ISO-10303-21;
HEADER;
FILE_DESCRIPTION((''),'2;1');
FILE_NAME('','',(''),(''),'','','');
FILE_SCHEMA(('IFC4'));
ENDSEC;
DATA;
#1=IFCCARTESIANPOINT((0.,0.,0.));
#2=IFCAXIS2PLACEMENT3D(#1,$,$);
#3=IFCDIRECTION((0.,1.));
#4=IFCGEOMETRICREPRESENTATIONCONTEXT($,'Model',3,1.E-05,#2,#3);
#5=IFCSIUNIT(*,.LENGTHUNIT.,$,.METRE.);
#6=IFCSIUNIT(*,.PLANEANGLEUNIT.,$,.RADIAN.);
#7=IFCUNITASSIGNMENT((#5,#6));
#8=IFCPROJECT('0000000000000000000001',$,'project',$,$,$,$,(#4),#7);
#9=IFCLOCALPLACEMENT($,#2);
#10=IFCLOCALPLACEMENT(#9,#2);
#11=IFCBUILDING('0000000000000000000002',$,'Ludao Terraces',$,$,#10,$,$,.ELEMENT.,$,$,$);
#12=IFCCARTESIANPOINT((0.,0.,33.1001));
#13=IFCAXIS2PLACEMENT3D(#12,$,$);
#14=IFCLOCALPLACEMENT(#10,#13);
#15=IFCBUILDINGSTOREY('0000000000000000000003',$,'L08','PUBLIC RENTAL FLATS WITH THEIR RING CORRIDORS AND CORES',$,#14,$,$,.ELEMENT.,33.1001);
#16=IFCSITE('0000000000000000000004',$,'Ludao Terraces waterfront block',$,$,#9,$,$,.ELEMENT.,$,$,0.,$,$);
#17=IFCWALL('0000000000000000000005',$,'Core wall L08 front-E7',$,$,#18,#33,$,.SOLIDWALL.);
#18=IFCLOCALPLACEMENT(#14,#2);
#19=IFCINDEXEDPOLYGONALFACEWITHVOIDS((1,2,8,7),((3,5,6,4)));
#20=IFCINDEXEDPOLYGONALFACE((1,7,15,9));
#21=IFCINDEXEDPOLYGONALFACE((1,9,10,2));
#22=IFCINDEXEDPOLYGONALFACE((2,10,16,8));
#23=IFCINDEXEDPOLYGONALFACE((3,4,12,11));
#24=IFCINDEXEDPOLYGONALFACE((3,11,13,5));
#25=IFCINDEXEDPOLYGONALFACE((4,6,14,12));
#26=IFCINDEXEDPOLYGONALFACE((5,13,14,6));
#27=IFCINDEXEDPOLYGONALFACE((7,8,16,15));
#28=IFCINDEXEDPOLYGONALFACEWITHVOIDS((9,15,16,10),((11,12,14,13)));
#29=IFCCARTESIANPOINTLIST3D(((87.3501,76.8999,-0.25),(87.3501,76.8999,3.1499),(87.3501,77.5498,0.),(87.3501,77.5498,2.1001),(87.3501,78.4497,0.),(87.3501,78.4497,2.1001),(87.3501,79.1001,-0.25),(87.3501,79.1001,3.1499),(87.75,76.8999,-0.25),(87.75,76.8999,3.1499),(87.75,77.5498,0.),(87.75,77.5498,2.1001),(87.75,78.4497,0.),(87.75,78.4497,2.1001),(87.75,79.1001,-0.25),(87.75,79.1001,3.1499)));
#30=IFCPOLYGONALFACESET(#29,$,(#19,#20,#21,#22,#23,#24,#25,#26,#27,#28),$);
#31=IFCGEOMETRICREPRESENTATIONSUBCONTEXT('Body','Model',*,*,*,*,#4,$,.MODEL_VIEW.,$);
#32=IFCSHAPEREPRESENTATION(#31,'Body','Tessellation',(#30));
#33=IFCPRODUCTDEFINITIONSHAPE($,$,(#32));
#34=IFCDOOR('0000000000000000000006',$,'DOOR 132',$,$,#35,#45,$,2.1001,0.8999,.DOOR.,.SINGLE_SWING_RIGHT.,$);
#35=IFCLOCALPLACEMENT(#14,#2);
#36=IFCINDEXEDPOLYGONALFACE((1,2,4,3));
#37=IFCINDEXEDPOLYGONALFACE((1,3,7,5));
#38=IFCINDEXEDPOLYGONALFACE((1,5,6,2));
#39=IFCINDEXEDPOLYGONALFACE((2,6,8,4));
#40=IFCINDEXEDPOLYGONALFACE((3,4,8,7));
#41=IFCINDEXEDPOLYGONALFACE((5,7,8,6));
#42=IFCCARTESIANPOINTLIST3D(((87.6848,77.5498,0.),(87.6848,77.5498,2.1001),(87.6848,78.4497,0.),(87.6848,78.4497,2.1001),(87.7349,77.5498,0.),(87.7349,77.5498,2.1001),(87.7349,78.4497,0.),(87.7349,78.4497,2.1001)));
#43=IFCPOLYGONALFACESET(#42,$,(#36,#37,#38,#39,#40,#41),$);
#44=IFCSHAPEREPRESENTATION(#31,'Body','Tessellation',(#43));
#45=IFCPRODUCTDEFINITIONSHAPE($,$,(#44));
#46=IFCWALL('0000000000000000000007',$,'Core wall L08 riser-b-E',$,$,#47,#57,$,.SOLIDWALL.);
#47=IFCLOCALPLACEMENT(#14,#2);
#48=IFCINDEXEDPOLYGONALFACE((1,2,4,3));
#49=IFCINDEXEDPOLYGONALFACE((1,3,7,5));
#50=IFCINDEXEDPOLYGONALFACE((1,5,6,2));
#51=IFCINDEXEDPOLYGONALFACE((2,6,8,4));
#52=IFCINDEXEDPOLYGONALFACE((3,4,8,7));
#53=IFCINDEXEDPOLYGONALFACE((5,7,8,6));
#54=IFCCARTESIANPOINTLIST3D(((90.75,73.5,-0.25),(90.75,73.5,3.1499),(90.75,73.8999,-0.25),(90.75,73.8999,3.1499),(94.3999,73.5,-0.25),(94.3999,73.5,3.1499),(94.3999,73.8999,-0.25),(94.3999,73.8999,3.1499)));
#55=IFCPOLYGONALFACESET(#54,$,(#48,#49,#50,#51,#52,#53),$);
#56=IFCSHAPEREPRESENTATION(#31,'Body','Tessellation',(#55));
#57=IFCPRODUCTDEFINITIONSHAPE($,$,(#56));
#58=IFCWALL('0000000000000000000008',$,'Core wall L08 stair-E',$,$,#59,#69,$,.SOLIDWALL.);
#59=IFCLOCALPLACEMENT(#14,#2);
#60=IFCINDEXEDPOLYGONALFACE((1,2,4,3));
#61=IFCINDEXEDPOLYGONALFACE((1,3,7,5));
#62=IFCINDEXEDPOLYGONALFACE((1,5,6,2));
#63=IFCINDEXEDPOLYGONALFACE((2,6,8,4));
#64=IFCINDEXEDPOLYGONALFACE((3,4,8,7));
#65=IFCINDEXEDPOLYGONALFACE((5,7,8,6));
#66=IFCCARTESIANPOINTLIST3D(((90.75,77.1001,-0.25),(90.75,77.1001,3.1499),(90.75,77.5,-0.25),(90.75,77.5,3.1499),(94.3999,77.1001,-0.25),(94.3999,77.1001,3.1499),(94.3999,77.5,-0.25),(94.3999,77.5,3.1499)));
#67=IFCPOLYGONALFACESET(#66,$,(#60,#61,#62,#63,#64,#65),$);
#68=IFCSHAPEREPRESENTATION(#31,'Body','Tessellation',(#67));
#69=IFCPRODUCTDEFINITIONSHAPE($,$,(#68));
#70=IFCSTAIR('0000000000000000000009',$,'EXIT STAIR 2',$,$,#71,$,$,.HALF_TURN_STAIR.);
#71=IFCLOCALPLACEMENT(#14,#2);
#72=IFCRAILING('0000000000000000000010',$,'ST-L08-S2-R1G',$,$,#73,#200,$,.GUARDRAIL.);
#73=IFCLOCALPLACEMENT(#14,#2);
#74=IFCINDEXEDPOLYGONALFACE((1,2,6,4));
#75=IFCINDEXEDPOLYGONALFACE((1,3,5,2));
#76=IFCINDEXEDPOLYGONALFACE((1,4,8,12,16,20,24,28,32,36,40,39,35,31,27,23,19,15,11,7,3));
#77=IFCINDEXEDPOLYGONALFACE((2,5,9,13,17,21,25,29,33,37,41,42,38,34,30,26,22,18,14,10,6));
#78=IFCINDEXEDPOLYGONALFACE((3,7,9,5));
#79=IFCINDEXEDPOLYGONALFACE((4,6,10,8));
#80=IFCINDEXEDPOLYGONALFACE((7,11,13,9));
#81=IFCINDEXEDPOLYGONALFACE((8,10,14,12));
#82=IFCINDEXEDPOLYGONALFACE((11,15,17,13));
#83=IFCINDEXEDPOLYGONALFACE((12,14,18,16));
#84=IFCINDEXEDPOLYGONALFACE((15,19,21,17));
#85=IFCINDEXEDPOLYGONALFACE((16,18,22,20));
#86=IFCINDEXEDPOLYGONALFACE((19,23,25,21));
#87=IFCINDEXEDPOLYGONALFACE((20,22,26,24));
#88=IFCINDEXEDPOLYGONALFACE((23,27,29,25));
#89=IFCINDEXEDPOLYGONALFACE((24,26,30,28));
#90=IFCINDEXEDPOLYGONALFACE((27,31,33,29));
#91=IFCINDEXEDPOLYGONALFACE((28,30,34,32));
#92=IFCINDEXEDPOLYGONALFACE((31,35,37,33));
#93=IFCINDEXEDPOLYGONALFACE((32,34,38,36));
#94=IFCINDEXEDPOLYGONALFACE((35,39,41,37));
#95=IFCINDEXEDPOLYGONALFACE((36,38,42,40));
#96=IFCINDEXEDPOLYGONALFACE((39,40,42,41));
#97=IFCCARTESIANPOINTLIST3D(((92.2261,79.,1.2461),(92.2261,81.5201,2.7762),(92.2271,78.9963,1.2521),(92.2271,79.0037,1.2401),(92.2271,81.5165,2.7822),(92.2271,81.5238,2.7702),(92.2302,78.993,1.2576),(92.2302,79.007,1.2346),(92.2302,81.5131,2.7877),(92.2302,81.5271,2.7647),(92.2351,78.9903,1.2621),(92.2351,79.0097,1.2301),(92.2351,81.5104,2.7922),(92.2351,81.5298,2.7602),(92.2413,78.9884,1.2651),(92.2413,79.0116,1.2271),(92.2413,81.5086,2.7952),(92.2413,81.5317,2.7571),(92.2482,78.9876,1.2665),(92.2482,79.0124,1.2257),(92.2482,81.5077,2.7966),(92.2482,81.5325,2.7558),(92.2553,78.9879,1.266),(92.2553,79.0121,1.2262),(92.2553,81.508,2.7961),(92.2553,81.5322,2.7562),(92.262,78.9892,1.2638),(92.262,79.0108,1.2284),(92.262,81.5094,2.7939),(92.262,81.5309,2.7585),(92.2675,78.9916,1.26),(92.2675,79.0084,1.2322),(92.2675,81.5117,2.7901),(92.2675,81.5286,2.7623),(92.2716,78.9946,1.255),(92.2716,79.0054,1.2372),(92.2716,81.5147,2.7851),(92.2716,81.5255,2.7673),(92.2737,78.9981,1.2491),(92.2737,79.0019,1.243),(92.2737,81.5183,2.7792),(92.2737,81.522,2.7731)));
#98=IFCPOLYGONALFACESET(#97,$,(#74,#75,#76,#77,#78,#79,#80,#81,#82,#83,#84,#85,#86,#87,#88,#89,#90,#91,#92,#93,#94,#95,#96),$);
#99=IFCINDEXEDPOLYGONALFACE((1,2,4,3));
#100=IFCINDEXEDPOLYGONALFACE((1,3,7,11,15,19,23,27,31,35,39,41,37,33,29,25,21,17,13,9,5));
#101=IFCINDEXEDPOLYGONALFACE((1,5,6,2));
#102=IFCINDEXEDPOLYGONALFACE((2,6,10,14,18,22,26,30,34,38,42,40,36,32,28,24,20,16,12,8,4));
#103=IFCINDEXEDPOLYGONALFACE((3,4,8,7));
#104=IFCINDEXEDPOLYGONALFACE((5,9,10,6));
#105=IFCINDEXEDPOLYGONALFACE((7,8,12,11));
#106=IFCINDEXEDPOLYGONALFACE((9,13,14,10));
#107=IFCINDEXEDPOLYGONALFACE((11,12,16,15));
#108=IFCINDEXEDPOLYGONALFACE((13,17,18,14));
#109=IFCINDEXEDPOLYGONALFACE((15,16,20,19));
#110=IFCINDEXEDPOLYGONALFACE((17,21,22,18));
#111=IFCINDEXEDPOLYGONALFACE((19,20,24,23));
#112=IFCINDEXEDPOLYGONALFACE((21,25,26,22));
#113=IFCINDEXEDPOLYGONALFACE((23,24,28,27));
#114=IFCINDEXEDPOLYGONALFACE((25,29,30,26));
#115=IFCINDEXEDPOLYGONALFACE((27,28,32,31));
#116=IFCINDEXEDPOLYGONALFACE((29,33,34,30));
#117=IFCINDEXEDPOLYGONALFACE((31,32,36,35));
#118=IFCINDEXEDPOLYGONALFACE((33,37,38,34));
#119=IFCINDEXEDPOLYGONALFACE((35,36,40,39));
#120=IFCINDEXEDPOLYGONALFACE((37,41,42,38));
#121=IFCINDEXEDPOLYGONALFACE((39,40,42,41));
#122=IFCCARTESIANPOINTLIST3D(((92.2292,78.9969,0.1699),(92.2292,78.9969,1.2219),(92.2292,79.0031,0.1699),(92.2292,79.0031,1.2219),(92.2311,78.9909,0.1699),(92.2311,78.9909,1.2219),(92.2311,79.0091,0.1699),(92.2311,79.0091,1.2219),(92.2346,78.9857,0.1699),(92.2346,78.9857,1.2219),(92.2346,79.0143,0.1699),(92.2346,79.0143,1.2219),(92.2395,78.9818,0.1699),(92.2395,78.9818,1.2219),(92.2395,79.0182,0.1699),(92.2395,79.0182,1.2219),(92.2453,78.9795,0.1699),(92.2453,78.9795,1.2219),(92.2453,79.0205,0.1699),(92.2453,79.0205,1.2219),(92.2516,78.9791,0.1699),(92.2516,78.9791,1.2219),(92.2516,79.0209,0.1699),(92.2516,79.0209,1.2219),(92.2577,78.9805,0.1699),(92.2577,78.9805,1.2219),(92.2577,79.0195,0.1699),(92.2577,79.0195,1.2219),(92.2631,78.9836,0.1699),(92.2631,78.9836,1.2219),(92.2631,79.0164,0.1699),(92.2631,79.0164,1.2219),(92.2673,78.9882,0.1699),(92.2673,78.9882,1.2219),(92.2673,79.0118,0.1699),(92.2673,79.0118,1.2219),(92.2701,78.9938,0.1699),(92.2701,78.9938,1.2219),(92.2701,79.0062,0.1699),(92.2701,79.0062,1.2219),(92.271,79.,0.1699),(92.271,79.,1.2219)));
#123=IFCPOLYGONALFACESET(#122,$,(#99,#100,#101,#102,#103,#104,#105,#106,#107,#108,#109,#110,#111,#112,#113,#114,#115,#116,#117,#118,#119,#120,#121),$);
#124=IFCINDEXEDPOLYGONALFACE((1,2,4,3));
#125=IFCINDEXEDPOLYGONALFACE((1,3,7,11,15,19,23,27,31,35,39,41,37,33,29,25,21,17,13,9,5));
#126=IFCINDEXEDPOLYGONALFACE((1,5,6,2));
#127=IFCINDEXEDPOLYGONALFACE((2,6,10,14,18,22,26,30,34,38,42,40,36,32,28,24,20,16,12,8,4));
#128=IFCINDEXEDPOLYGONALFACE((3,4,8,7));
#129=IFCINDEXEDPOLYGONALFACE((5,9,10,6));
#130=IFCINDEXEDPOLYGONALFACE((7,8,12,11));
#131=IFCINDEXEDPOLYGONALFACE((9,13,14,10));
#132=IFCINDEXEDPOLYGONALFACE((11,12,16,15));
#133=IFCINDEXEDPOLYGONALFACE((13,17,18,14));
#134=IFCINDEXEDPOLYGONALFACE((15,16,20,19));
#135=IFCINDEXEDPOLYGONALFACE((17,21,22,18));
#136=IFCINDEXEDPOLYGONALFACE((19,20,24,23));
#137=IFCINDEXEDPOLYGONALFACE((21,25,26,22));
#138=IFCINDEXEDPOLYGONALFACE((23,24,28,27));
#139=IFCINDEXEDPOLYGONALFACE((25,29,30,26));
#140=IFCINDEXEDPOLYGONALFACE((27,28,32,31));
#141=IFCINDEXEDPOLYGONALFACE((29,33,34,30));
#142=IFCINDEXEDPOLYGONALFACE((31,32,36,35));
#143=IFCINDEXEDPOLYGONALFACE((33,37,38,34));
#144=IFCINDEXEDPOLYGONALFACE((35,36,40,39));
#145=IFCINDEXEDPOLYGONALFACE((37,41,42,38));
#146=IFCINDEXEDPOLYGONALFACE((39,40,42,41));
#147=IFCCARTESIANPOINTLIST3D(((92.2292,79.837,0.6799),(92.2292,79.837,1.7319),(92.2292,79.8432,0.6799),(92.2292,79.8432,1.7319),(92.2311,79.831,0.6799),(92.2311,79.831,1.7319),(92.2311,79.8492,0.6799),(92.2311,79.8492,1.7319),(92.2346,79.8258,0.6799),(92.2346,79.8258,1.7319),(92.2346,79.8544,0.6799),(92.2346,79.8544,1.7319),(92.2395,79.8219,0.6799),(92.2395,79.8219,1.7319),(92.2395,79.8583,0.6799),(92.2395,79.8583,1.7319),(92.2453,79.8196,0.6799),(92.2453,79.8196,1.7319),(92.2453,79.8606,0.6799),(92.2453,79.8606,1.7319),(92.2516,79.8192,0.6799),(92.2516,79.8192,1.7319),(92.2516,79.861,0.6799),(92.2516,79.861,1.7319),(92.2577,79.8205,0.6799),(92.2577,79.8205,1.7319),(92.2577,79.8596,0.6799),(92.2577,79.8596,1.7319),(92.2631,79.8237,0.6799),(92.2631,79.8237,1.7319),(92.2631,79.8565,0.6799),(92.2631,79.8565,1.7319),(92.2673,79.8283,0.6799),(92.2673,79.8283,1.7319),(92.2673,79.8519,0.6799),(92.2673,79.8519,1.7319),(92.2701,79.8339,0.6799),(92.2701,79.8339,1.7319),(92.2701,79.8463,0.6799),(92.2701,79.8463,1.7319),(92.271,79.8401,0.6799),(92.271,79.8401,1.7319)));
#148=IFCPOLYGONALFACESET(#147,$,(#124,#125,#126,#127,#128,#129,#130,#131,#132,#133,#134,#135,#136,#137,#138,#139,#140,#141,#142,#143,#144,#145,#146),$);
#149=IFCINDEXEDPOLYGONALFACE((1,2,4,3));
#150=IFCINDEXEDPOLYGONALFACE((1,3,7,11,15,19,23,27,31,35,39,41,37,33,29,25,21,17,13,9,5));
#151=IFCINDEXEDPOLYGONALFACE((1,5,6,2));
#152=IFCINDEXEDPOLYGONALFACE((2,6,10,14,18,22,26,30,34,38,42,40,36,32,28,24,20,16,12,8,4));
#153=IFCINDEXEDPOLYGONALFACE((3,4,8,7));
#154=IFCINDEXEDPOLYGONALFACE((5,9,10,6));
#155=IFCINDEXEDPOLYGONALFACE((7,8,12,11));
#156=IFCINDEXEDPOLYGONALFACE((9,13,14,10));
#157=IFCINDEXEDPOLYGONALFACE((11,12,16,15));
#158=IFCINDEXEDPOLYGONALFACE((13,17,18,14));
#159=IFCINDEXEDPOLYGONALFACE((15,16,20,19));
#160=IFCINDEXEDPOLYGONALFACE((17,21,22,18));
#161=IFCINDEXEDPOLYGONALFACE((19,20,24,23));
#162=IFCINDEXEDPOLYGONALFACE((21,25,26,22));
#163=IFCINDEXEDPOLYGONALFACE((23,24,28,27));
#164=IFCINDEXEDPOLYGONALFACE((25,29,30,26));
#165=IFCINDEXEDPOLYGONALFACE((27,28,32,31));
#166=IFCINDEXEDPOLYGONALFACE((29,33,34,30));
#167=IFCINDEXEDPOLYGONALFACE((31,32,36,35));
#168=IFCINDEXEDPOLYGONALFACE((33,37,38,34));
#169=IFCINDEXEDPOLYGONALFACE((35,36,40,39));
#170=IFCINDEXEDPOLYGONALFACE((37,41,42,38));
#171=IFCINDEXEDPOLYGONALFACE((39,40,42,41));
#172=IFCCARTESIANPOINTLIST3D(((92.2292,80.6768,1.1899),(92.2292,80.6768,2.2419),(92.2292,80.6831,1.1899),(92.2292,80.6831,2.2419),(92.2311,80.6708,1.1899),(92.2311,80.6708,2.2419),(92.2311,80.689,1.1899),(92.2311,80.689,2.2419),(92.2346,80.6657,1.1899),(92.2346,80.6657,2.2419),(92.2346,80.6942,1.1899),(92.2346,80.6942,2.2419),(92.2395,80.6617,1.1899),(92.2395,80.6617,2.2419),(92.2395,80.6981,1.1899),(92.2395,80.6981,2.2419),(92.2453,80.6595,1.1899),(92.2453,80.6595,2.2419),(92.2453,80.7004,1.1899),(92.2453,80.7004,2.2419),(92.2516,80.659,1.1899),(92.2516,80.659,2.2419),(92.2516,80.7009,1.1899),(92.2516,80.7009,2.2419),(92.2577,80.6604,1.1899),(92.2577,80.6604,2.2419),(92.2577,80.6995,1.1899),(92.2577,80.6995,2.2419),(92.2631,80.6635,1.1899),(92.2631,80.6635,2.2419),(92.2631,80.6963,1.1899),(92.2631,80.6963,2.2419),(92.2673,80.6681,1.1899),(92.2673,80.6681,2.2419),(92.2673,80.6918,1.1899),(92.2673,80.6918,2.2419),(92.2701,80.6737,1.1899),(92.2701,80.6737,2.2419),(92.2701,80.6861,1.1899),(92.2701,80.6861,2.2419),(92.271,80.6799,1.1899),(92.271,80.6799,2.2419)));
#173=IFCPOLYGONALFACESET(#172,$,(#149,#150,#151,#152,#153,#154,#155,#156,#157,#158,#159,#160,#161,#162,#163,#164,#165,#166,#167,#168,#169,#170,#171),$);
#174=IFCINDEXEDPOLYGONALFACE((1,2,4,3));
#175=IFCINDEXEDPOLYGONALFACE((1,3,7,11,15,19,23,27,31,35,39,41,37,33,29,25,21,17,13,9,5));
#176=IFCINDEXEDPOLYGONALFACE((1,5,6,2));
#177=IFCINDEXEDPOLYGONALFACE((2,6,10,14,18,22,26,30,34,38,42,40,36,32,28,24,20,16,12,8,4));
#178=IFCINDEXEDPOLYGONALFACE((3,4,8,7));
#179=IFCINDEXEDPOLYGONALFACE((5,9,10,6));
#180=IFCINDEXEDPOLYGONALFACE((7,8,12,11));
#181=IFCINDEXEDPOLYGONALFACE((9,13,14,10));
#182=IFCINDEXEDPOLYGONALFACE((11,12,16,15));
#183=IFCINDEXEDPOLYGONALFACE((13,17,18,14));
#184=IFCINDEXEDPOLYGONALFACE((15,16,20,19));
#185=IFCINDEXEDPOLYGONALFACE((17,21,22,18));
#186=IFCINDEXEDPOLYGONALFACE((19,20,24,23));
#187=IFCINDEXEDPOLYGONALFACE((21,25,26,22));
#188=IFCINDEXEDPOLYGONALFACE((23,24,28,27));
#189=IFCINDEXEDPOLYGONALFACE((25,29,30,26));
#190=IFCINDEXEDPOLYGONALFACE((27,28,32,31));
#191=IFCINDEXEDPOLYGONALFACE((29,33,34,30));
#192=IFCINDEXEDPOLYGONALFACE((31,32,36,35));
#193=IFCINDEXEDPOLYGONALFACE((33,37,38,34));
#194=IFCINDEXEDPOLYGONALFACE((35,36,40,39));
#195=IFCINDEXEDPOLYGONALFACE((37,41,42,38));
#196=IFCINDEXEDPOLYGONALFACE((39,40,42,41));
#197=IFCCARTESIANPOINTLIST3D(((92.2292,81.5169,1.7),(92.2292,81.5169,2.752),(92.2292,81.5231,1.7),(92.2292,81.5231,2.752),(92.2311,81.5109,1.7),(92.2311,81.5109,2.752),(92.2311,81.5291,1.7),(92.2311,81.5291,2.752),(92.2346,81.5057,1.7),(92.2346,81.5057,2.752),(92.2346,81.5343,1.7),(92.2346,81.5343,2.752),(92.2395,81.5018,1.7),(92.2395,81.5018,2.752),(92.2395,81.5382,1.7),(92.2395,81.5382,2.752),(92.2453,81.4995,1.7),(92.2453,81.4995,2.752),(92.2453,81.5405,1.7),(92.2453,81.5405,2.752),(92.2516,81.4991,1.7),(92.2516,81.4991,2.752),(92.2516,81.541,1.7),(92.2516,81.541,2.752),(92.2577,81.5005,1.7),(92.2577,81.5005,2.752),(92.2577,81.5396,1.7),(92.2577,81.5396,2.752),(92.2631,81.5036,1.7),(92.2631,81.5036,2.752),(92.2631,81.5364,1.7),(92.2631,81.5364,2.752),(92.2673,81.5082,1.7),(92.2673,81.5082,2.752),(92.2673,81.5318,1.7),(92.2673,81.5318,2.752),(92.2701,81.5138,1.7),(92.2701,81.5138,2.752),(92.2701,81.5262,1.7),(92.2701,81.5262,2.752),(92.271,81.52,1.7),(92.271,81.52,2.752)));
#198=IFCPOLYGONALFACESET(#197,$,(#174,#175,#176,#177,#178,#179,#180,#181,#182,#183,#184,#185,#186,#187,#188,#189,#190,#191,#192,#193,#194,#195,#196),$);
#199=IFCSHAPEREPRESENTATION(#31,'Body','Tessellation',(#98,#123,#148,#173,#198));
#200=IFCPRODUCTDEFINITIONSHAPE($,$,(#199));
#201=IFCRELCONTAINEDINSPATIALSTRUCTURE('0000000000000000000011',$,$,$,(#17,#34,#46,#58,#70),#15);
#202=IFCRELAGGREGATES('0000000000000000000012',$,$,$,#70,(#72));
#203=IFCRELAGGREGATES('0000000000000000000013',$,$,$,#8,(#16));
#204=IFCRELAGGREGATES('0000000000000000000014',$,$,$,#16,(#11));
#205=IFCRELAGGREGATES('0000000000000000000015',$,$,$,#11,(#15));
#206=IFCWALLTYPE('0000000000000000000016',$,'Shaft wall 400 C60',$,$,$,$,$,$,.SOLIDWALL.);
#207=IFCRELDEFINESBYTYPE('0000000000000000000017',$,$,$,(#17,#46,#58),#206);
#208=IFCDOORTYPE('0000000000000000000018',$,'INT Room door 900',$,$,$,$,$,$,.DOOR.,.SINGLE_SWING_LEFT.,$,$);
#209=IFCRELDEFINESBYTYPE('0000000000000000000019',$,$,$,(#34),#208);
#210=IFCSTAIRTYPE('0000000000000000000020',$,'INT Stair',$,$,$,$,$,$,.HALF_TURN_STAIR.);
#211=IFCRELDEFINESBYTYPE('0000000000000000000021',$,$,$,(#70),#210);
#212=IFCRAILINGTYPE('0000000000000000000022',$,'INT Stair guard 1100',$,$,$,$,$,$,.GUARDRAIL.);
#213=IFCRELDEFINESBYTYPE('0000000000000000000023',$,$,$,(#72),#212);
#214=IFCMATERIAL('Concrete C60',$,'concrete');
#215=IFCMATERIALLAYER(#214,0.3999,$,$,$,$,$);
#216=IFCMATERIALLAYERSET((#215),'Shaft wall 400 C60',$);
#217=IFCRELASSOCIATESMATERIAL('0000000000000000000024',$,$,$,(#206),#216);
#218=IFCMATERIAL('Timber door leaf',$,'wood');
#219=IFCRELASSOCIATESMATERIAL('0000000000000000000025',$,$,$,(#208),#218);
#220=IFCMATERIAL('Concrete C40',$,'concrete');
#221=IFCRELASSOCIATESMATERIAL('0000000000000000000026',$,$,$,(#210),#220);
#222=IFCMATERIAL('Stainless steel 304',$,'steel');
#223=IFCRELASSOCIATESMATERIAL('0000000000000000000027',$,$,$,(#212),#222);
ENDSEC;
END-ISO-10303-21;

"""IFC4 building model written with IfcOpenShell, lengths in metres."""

from ifc_helpers import new_model, si_unit, direction, frame, frame_2d, origin, origin_2d, place, context, subcontext, project, spatial, rectangle, circle, extrude, material, layer, layer_set, type_object, element, fill, aggregate, save


model = new_model("IFC4")

# Units and contexts
model_context = context("Model", 3, precision=1e-05, world=origin(), true_north=direction((0.0, 1.0)))
body_context = subcontext(model_context, "Body", "Model", "MODEL_VIEW")
ifc_project = project(units=[si_unit("LENGTHUNIT", "METRE"), si_unit("PLANEANGLEUNIT", "RADIAN")], contexts=[model_context])

# Site, building, storey
site_placement = place(None, origin())
site = spatial("IfcSite", under=ifc_project, at=site_placement, Name="Ludao Terraces waterfront block", CompositionType="ELEMENT", RefElevation=0.0)
building_placement = place(site_placement, origin())
building = spatial("IfcBuilding", under=site, at=building_placement, Name="Ludao Terraces", CompositionType="ELEMENT")
storey_placement = place(building_placement, frame((0.0, 0.0, 33.1001)))
storey = spatial("IfcBuildingStorey", under=building, at=storey_placement, Name="L08", Description="PUBLIC RENTAL FLATS WITH THEIR RING CORRIDORS AND CORES", CompositionType="ELEMENT", Elevation=33.1001)

# Shared definitions
ifc_material_1 = material(Name="Concrete C60", Category="concrete")
ifc_layer_1 = layer(ifc_material_1, 0.3999)
ifc_layer_set_1 = layer_set([ifc_layer_1], Name="Shaft wall 400 C60")
wall_type_1 = type_object("IfcWallType", Name="Shaft wall 400 C60", PredefinedType="SOLIDWALL", material=ifc_layer_set_1)

# Shared definitions
ifc_material_2 = material(Name="Timber door leaf", Category="wood")
door_type_1 = type_object("IfcDoorType", Name="INT Room door 900", OperationType="SINGLE_SWING_LEFT", PredefinedType="DOOR", material=ifc_material_2)

# Wall, opening, door
wall_1_placement = place(storey_placement, frame((87.55, 76.8999, -0.25), z_axis=(0.0, 0.0, 1.0), x_axis=(0.0, 1.0, 0.0)))
wall_1 = element("IfcWall", 1, at=wall_1_placement, inside=storey, type_object=wall_type_1, Name="Core wall L08 front-E7", PredefinedType="SOLIDWALL", context=body_context, shape_type="SweptSolid", body=[
    extrude(rectangle(XDim=2.2002, YDim=0.3999, at=frame_2d((1.1001, 0.0))), origin(), (0.0, 0.0, 1.0), 3.3999),
])
opening_1_placement = place(wall_1_placement, frame((0.6499, 0.0, 0.25)))
opening_1 = element("IfcOpeningElement", 2, at=opening_1_placement, cuts=wall_1, PredefinedType="OPENING", context=body_context, shape_type="SweptSolid", body=[
    extrude(rectangle(XDim=0.8999, YDim=2.1001, at=frame_2d((0.45, 1.05))), frame((0.0, 0.21, 0.0), z_axis=(0.0, -1.0, 0.0), x_axis=(1.0, 0.0, 0.0)), (0.0, 0.0, 1.0), 0.4199),
])
door_1_placement = place(opening_1_placement, origin())
door_1 = element("IfcDoor", 3, at=door_1_placement, inside=storey, type_object=door_type_1, Name="DOOR 132", OperationType="SINGLE_SWING_RIGHT", OverallHeight=2.1001, OverallWidth=0.8999, PredefinedType="DOOR", context=body_context, shape_type="SweptSolid", body=[
    extrude(rectangle(XDim=0.8999, YDim=2.1001, at=frame_2d((0.45, 1.05))), frame((0.0, -0.1348, 0.0), z_axis=(0.0, -1.0, 0.0), x_axis=(1.0, 0.0, 0.0)), (0.0, 0.0, 1.0), 0.05),
])
fill(opening_1, door_1)

# Walls
for number, where, z_axis, x_axis, name in (
    (4, (90.75, 73.7, -0.25), (0.0, 0.0, 1.0), (1.0, 0.0, 0.0), "Core wall L08 riser-b-E"),
    (5, (90.75, 77.3, -0.25), (0.0, 0.0, 1.0), (1.0, 0.0, 0.0), "Core wall L08 stair-E"),
):
    element("IfcWall", number, at=place(storey_placement, frame(where, z_axis=z_axis, x_axis=x_axis)), inside=storey, type_object=wall_type_1, Name=name, PredefinedType="SOLIDWALL", context=body_context, shape_type="SweptSolid", body=[
        extrude(rectangle(XDim=3.6499, YDim=0.3999, at=frame_2d((1.825, 0.0))), origin(), (0.0, 0.0, 1.0), 3.3999),
    ])

# Stair, railing
ifc_material_3 = material(Name="Concrete C40", Category="concrete")
stair_type = type_object("IfcStairType", Name="INT Stair", PredefinedType="HALF_TURN_STAIR", material=ifc_material_3)
stair_placement = place(storey_placement, origin())
stair = element("IfcStair", 6, at=stair_placement, inside=storey, type_object=stair_type, Name="EXIT STAIR 2", PredefinedType="HALF_TURN_STAIR")
ifc_material_4 = material(Name="Stainless steel 304", Category="steel")
railing_type_1 = type_object("IfcRailingType", Name="INT Stair guard 1100", PredefinedType="GUARDRAIL", material=ifc_material_4)
railing_1_placement = place(storey_placement, frame((92.25, 79.0, 0.1699)))
railing_1 = element("IfcRailing", 7, at=railing_1_placement, type_object=railing_type_1, Name="ST-L08-S2-R1G", PredefinedType="GUARDRAIL", context=body_context, shape_type="SweptSolid", body=[
    extrude(circle(Radius=0.0239, at=origin_2d()), frame((0.0, 0.0, 1.0762), z_axis=(0.0, 0.854785, 0.518982), x_axis=(-1.0, 0.0, 0.0)), (0.0, 0.0, 1.0), 2.9482),
    extrude(circle(Radius=0.021, at=origin_2d()), origin(), (0.0, 0.0, 1.0), 1.052),
    extrude(circle(Radius=0.021, at=origin_2d()), frame((0.0, 0.8401, 0.51)), (0.0, 0.0, 1.0), 1.052),
    extrude(circle(Radius=0.021, at=origin_2d()), frame((0.0, 1.6799, 1.02)), (0.0, 0.0, 1.0), 1.052),
    extrude(circle(Radius=0.021, at=origin_2d()), frame((0.0, 2.52, 1.53)), (0.0, 0.0, 1.0), 1.052),
])
aggregate(stair, [railing_1])

save(model, "model.ifc")
